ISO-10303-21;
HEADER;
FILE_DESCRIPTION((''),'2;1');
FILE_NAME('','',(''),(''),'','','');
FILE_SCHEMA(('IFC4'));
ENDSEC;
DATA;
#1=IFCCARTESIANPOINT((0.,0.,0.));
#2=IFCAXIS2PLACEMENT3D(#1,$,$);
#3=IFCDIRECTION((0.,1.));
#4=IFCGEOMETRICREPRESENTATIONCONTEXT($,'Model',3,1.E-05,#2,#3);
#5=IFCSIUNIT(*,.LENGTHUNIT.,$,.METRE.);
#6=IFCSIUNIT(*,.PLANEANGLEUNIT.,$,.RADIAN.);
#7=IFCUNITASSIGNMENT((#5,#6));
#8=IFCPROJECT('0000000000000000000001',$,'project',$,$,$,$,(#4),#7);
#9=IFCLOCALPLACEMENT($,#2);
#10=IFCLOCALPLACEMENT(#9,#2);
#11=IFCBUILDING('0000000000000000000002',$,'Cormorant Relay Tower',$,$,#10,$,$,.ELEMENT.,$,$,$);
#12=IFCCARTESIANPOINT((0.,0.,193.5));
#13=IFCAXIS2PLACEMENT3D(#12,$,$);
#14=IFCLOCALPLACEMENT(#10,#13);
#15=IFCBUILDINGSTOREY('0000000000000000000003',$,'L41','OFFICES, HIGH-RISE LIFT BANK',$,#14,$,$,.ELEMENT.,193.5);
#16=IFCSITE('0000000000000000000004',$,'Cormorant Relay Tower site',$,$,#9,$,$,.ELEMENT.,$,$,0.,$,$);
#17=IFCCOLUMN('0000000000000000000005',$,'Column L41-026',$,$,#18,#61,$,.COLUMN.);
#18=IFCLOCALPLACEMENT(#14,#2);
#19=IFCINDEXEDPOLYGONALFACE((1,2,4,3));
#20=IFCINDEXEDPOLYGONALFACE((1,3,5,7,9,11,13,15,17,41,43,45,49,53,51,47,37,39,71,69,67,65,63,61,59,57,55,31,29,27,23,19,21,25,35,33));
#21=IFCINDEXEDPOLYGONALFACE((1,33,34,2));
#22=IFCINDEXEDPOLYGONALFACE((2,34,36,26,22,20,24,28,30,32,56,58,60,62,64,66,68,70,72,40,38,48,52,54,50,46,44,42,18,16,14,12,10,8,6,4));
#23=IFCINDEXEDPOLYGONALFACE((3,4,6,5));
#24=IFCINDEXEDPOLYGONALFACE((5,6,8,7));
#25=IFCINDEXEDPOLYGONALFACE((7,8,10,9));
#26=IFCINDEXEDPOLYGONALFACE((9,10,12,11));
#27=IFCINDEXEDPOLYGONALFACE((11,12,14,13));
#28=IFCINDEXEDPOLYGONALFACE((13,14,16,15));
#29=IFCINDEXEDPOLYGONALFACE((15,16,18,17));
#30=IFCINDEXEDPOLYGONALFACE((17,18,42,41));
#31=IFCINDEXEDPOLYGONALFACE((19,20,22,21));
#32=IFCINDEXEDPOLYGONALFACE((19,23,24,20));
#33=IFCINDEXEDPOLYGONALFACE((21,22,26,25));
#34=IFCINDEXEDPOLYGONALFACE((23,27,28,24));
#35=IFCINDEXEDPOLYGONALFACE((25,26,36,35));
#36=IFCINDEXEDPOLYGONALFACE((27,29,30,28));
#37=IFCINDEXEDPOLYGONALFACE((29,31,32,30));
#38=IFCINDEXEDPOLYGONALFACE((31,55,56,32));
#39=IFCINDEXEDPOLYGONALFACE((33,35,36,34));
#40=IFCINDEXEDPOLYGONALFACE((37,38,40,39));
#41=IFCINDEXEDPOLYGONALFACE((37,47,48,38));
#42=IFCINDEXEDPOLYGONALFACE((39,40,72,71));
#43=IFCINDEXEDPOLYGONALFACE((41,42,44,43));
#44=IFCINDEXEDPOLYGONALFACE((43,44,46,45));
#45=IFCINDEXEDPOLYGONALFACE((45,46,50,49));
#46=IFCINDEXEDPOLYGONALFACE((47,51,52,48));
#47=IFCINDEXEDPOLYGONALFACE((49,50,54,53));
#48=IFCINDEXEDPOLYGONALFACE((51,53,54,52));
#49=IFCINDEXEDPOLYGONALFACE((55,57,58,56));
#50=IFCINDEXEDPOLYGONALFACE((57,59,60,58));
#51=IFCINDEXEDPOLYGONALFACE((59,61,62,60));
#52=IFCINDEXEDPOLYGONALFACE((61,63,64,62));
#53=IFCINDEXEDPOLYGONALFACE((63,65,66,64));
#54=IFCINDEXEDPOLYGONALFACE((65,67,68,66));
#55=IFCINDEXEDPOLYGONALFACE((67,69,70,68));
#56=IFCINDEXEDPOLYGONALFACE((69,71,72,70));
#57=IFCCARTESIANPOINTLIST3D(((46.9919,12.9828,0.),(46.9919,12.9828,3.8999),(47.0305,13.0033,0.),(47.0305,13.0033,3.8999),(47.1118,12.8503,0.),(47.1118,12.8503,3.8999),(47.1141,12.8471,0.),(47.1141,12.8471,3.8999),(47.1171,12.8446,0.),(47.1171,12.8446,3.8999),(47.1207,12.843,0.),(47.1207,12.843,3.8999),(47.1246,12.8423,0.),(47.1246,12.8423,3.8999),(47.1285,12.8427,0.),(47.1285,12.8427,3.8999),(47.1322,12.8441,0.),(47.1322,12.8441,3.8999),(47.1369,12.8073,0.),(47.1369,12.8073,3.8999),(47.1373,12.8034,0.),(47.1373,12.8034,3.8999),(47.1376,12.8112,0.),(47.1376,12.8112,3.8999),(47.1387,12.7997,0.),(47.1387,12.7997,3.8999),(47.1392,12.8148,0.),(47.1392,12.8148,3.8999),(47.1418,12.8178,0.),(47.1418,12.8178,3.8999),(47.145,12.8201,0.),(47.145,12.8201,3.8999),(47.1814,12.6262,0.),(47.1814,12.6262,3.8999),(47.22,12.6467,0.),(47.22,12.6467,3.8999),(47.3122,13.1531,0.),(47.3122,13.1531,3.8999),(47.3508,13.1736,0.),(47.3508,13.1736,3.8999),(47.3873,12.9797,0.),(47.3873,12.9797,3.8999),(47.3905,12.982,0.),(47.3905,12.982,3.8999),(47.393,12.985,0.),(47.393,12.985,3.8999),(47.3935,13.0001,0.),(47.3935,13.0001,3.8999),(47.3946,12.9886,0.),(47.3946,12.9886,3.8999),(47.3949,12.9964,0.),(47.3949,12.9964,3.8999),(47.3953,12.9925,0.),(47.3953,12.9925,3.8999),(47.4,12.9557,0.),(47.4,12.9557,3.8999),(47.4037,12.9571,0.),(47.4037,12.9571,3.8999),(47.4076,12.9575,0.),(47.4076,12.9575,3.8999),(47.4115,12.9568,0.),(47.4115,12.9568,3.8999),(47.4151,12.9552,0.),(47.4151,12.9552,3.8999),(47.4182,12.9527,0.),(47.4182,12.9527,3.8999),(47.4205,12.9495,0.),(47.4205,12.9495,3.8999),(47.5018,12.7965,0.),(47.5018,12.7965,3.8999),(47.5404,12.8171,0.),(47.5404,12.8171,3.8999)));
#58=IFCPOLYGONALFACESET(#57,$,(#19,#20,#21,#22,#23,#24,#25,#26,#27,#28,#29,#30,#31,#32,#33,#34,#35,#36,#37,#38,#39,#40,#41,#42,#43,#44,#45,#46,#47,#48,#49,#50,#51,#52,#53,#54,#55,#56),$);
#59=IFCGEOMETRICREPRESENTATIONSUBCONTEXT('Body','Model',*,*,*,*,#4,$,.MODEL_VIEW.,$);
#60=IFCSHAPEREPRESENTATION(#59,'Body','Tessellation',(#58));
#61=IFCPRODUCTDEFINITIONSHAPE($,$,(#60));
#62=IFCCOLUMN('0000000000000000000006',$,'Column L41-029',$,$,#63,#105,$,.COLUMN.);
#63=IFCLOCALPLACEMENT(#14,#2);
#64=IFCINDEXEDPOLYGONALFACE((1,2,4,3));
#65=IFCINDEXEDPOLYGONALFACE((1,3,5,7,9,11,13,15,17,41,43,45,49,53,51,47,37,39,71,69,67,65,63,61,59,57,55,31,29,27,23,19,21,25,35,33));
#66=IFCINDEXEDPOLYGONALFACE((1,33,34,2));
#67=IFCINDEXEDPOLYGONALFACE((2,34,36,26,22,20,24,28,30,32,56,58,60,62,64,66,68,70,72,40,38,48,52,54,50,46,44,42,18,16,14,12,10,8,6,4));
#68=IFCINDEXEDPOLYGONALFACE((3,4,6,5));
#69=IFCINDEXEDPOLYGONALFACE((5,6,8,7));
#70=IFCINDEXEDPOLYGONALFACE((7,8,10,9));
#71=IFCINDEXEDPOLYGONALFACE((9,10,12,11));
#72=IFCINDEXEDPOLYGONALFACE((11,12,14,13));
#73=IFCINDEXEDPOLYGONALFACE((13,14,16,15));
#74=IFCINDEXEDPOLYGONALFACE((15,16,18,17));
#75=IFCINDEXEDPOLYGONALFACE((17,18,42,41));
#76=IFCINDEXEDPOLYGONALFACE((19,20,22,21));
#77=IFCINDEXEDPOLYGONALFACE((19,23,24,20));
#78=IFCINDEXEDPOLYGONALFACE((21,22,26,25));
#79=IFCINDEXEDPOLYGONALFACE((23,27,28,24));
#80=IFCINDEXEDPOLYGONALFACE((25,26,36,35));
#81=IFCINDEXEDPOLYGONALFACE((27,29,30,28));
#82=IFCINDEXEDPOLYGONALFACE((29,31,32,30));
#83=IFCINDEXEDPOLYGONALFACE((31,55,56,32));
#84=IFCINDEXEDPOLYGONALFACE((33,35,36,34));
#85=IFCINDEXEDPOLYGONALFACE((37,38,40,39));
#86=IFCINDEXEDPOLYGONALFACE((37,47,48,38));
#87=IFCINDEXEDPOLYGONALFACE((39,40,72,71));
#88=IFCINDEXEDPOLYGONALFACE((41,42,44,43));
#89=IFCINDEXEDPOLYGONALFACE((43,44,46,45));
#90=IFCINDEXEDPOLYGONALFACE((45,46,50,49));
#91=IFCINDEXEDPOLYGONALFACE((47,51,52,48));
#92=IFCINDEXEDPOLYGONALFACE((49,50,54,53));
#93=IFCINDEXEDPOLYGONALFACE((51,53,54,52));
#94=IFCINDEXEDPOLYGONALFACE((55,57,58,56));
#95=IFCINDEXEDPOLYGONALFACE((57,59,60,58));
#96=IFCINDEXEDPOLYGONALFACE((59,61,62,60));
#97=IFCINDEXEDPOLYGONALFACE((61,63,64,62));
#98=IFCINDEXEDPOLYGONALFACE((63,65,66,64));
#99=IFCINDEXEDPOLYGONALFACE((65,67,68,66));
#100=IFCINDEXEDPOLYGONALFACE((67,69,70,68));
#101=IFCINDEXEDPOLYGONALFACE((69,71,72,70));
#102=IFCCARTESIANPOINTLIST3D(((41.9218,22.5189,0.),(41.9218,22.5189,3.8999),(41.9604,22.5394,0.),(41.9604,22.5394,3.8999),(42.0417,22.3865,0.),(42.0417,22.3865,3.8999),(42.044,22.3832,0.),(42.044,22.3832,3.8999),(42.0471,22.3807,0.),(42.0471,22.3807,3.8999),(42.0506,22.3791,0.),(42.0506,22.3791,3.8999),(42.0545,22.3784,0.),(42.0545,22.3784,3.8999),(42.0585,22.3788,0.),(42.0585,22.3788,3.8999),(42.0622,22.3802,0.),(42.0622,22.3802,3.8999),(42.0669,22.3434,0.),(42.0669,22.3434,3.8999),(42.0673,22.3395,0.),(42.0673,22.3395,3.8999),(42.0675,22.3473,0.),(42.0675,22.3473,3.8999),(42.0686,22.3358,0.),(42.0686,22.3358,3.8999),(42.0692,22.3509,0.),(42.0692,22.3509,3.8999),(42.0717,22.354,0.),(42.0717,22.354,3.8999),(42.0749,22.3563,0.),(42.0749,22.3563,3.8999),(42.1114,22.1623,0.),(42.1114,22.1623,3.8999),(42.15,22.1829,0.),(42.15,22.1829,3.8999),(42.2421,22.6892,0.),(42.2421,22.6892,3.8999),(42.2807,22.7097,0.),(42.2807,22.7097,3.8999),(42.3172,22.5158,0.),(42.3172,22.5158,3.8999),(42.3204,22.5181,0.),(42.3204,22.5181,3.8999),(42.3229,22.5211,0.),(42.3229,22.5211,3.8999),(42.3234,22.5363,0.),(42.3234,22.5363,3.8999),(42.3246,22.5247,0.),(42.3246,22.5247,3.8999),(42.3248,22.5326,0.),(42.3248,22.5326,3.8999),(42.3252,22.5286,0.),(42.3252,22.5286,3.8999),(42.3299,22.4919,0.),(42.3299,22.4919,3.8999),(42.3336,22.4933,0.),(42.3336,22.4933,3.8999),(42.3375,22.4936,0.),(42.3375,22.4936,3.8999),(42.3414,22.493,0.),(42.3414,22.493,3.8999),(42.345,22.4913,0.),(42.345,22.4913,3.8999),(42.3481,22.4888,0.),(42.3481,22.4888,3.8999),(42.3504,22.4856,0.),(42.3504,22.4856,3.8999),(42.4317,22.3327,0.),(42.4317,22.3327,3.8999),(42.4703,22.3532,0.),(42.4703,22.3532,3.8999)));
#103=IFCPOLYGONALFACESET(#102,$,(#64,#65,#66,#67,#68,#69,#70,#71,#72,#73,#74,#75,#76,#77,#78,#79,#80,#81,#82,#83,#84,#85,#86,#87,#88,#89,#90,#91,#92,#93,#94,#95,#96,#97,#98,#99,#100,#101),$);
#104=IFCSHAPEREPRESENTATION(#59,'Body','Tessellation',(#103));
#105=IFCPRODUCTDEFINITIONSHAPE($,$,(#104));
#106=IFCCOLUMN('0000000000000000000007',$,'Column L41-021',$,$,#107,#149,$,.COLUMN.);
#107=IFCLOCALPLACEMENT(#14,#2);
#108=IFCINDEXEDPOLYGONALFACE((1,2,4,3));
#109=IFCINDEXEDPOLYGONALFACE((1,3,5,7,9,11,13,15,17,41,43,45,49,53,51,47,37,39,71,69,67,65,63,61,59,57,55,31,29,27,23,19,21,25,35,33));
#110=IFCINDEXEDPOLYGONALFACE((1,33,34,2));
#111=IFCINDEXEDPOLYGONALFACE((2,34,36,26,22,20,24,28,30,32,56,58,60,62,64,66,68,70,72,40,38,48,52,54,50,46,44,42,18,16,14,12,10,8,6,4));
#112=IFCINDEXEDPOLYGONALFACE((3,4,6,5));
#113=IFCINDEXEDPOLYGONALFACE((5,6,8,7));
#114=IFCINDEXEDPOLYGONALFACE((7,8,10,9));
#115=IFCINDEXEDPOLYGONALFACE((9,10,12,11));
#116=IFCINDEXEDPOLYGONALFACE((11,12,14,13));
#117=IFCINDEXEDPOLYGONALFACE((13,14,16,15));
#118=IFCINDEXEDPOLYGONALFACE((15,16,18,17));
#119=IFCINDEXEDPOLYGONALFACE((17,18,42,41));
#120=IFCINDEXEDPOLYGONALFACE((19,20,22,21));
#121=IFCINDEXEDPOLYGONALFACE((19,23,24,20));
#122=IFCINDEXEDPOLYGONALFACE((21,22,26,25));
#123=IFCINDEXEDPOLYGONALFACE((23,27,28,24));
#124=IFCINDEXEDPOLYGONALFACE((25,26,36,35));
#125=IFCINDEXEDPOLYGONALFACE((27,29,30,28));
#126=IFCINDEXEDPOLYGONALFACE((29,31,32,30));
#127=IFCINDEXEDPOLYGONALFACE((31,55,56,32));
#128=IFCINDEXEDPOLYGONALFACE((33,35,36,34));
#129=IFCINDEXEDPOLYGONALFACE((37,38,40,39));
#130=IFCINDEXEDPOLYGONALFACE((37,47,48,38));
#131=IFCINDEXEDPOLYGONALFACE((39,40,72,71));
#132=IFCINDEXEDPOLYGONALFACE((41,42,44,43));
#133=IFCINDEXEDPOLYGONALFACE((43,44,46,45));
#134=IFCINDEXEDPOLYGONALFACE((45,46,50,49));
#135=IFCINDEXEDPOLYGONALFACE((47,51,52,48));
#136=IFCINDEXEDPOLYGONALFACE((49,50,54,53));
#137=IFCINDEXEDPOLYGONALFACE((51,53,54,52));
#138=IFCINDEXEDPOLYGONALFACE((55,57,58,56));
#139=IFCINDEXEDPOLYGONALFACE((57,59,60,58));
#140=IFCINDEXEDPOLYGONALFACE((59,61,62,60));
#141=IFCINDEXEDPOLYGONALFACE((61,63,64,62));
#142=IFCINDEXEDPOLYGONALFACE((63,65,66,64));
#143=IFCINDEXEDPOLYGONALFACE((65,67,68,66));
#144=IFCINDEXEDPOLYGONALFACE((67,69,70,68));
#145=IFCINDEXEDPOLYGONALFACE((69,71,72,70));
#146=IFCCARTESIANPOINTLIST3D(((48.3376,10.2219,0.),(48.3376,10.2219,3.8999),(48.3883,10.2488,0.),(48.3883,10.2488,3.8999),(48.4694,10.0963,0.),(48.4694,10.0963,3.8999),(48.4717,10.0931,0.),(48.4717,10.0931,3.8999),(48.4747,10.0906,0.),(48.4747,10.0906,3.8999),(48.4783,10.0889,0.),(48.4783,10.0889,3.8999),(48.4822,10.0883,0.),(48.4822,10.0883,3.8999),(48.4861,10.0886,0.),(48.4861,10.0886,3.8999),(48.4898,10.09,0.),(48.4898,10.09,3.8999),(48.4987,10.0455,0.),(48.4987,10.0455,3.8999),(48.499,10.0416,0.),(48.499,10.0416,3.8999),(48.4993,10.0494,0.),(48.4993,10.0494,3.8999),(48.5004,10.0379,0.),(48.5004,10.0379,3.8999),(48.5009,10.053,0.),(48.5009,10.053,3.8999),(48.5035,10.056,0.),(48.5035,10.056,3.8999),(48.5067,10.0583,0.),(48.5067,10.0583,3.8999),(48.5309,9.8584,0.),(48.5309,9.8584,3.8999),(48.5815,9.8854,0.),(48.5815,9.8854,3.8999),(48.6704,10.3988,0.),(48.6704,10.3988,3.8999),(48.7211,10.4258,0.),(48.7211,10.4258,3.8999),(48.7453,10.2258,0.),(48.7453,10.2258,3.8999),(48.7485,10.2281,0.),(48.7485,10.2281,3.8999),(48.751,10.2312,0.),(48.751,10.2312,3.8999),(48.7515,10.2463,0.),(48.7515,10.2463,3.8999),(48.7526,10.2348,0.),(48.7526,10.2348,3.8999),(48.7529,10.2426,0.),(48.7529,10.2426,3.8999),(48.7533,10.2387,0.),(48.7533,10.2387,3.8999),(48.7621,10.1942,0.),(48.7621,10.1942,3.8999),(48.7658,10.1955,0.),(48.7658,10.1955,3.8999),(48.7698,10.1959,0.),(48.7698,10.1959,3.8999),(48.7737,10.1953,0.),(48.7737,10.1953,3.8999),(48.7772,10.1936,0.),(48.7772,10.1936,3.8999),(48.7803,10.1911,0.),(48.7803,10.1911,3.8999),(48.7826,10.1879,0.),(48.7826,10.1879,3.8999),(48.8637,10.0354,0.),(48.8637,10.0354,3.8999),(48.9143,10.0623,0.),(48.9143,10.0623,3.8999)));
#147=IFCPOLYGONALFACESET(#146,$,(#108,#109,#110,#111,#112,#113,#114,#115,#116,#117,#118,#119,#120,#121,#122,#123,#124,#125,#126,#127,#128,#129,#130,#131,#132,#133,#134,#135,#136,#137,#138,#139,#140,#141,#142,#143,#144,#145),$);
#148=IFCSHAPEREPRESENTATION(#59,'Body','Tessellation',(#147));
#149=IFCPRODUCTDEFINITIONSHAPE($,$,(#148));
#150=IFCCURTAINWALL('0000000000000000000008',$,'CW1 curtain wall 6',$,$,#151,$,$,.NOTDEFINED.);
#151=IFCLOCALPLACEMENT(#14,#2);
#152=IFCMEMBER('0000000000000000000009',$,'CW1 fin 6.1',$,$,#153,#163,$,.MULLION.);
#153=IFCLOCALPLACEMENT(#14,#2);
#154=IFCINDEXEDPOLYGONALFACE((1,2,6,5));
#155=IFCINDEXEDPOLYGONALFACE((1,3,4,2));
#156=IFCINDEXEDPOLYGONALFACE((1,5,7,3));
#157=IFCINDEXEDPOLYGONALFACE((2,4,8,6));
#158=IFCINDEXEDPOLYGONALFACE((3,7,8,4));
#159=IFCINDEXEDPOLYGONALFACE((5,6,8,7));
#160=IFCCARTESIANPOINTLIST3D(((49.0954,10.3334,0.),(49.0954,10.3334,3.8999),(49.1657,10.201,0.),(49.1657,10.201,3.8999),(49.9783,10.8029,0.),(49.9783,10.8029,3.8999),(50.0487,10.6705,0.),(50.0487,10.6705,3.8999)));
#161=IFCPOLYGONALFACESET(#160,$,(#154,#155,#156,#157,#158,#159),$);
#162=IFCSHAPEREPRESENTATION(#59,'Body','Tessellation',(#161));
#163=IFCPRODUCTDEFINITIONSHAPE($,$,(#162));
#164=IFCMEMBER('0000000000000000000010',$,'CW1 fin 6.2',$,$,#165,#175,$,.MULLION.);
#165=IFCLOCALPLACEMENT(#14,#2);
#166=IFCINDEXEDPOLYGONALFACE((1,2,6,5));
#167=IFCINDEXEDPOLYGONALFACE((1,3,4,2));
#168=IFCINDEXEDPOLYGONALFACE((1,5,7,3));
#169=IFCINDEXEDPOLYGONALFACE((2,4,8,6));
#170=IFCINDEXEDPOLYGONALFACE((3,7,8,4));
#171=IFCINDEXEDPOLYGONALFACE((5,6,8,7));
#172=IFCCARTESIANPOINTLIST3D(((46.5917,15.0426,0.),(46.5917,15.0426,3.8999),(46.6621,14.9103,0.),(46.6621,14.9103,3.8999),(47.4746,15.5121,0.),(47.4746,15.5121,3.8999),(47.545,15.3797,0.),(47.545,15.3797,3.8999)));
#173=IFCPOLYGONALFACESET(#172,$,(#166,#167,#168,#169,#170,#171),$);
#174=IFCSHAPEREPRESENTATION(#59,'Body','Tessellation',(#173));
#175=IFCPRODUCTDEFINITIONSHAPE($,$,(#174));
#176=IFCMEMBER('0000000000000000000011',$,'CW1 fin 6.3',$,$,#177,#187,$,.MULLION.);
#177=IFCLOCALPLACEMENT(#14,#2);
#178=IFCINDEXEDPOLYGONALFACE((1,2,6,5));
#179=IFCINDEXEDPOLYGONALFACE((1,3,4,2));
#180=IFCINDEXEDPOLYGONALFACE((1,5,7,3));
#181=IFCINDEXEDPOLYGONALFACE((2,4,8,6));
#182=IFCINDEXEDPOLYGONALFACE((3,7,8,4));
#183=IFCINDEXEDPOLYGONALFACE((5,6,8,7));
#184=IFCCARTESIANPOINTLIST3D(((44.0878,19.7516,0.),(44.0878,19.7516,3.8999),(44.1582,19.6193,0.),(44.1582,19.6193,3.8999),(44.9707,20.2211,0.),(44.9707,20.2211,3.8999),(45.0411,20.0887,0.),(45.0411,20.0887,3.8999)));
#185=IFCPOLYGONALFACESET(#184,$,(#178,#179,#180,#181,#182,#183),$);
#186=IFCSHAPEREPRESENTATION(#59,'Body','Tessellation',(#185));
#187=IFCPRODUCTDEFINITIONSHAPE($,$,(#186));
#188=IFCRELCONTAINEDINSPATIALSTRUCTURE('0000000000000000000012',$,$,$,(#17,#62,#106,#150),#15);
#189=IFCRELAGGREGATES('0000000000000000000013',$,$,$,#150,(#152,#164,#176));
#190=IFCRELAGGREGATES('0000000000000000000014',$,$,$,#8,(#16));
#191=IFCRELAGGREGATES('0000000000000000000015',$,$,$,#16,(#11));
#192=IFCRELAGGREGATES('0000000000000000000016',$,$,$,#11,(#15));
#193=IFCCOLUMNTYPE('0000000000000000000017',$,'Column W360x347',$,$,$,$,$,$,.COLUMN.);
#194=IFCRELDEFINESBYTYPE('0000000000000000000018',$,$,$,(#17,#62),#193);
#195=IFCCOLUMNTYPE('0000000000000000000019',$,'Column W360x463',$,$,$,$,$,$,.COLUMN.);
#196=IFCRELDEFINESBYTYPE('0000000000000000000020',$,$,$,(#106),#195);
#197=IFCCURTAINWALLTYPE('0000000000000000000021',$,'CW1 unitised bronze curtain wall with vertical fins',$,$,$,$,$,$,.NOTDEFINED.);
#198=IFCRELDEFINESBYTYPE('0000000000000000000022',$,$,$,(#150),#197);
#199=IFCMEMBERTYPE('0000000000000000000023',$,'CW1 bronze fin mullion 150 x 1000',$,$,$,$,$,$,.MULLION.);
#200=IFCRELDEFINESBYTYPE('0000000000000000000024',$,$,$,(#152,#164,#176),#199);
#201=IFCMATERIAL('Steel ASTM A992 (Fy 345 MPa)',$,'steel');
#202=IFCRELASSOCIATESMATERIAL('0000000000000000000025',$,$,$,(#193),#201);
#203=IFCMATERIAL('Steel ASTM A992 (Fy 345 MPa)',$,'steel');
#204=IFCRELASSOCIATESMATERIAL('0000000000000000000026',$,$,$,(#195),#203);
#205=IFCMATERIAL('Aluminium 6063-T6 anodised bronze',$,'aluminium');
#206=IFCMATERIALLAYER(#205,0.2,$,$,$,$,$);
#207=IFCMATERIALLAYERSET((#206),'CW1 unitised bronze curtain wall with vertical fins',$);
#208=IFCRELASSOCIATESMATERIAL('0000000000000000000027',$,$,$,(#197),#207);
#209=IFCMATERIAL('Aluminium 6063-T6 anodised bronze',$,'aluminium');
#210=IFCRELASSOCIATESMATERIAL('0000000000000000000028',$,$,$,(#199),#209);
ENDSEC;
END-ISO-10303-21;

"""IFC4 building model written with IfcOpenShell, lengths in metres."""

from ifc_helpers import new_model, si_unit, direction, frame, origin, origin_2d, place, context, subcontext, project, spatial, rectangle, i_section, extrude, material, layer, layer_set, material_profile, profile_set, type_object, element, aggregate, save


model = new_model("IFC4")

# Units and contexts
model_context = context("Model", 3, precision=1e-05, world=origin(), true_north=direction((0.0, 1.0)))
body_context = subcontext(model_context, "Body", "Model", "MODEL_VIEW")
ifc_project = project(units=[si_unit("LENGTHUNIT", "METRE"), si_unit("PLANEANGLEUNIT", "RADIAN")], contexts=[model_context])

# Site, building, storey
site_placement = place(None, origin())
site = spatial("IfcSite", under=ifc_project, at=site_placement, Name="Cormorant Relay Tower site", CompositionType="ELEMENT", RefElevation=0.0)
building_placement = place(site_placement, origin())
building = spatial("IfcBuilding", under=site, at=building_placement, Name="Cormorant Relay Tower", CompositionType="ELEMENT")
storey_placement = place(building_placement, frame((0.0, 0.0, 193.5)))
storey = spatial("IfcBuildingStorey", under=building, at=storey_placement, Name="L41", Description="OFFICES, HIGH-RISE LIFT BANK", CompositionType="ELEMENT", Elevation=193.5)

# Columns
ifc_material_1 = material(Name="Steel ASTM A992 (Fy 345 MPa)", Category="steel")
ifc_material_profile_1 = material_profile(ifc_material_1, i_section(OverallWidth=0.4038, OverallDepth=0.4065, WebThickness=0.0271, FlangeThickness=0.0437, FilletRadius=0.0151, at=origin_2d()), Name="W360x347")
ifc_profile_set_1 = profile_set([ifc_material_profile_1], Name="Steel ASTM A992 (Fy 345 MPa)")
column_type_1 = type_object("IfcColumnType", Name="Column W360x347", PredefinedType="COLUMN", material=ifc_profile_set_1)
for number, where, z_axis, x_axis, name in (
    (1, (47.2661, 12.8999, 0.0), (0.0, 0.0, 1.0), (-0.469472, 0.882948, 0.0), "Column L41-026"),
    (2, (42.196, 22.436, 0.0), (0.0, 0.0, 1.0), (-0.469472, 0.882948, 0.0), "Column L41-029"),
):
    element("IfcColumn", number, at=place(storey_placement, frame(where, z_axis=z_axis, x_axis=x_axis)), inside=storey, type_object=column_type_1, Name=name, PredefinedType="COLUMN", context=body_context, shape_type="SweptSolid", body=[
        extrude(i_section(OverallWidth=0.4038, OverallDepth=0.4065, WebThickness=0.0271, FlangeThickness=0.0437, FilletRadius=0.0151, at=origin_2d()), origin(), (0.0, 0.0, 1.0), 3.8999),
    ])
ifc_material_2 = material(Name="Steel ASTM A992 (Fy 345 MPa)", Category="steel")
ifc_material_profile_2 = material_profile(ifc_material_2, i_section(OverallWidth=0.4116, OverallDepth=0.4343, WebThickness=0.0359, FlangeThickness=0.0574, FilletRadius=0.0151, at=origin_2d()), Name="W360x463")
ifc_profile_set_2 = profile_set([ifc_material_profile_2], Name="Steel ASTM A992 (Fy 345 MPa)")
column_type_2 = type_object("IfcColumnType", Name="Column W360x463", PredefinedType="COLUMN", material=ifc_profile_set_2)
column_placement = place(storey_placement, frame((48.626, 10.1421, 0.0), z_axis=(0.0, 0.0, 1.0), x_axis=(-0.469472, 0.882948, 0.0)))
element("IfcColumn", 3, at=column_placement, inside=storey, type_object=column_type_2, Name="Column L41-021", PredefinedType="COLUMN", context=body_context, shape_type="SweptSolid", body=[
    extrude(i_section(OverallWidth=0.4116, OverallDepth=0.4343, WebThickness=0.0359, FlangeThickness=0.0574, FilletRadius=0.0151, at=origin_2d()), origin(), (0.0, 0.0, 1.0), 3.8999),
])

# Curtain wall, members
ifc_material_3 = material(Name="Aluminium 6063-T6 anodised bronze", Category="aluminium")
ifc_layer_1 = layer(ifc_material_3, 0.2)
ifc_layer_set_1 = layer_set([ifc_layer_1], Name="CW1 unitised bronze curtain wall with vertical fins")
curtain_wall_type = type_object("IfcCurtainWallType", Name="CW1 unitised bronze curtain wall with vertical fins", PredefinedType="NOTDEFINED", material=ifc_layer_set_1)
curtain_wall_1_placement = place(storey_placement, origin())
curtain_wall_1 = element("IfcCurtainWall", 4, at=curtain_wall_1_placement, inside=storey, type_object=curtain_wall_type, Name="CW1 curtain wall 6", PredefinedType="NOTDEFINED")
ifc_material_4 = material(Name="Aluminium 6063-T6 anodised bronze", Category="aluminium")
ifc_material_profile_3 = material_profile(ifc_material_4, rectangle(XDim=0.1499, YDim=1.0, at=origin_2d()), Name="AL 150x1000")
ifc_profile_set_3 = profile_set([ifc_material_profile_3], Name="Aluminium 6063-T6 anodised bronze")
member_type_1 = type_object("IfcMemberType", Name="CW1 bronze fin mullion 150 x 1000", PredefinedType="MULLION", material=ifc_profile_set_3)
member_1_placement = place(storey_placement, frame((49.572, 10.502, 0.0), z_axis=(0.0, 0.0, 1.0), x_axis=(-0.469472, 0.882948, 0.0)))
member_1 = element("IfcMember", 5, at=member_1_placement, type_object=member_type_1, Name="CW1 fin 6.1", PredefinedType="MULLION", context=body_context, shape_type="SweptSolid", body=[
    extrude(rectangle(XDim=0.1499, YDim=1.0, at=origin_2d()), origin(), (0.0, 0.0, 1.0), 3.8999),
])
member_2_placement = place(storey_placement, frame((47.0684, 15.2112, 0.0), z_axis=(0.0, 0.0, 1.0), x_axis=(-0.469472, 0.882948, 0.0)))
member_2 = element("IfcMember", 6, at=member_2_placement, type_object=member_type_1, Name="CW1 fin 6.2", PredefinedType="MULLION", context=body_context, shape_type="SweptSolid", body=[
    extrude(rectangle(XDim=0.1499, YDim=1.0, at=origin_2d()), origin(), (0.0, 0.0, 1.0), 3.8999),
])
member_3_placement = place(storey_placement, frame((44.5645, 19.9202, 0.0), z_axis=(0.0, 0.0, 1.0), x_axis=(-0.469472, 0.882948, 0.0)))
member_3 = element("IfcMember", 7, at=member_3_placement, type_object=member_type_1, Name="CW1 fin 6.3", PredefinedType="MULLION", context=body_context, shape_type="SweptSolid", body=[
    extrude(rectangle(XDim=0.1499, YDim=1.0, at=origin_2d()), origin(), (0.0, 0.0, 1.0), 3.8999),
])

aggregate(curtain_wall_1, [member_1, member_2, member_3])

save(model, "model.ifc")
